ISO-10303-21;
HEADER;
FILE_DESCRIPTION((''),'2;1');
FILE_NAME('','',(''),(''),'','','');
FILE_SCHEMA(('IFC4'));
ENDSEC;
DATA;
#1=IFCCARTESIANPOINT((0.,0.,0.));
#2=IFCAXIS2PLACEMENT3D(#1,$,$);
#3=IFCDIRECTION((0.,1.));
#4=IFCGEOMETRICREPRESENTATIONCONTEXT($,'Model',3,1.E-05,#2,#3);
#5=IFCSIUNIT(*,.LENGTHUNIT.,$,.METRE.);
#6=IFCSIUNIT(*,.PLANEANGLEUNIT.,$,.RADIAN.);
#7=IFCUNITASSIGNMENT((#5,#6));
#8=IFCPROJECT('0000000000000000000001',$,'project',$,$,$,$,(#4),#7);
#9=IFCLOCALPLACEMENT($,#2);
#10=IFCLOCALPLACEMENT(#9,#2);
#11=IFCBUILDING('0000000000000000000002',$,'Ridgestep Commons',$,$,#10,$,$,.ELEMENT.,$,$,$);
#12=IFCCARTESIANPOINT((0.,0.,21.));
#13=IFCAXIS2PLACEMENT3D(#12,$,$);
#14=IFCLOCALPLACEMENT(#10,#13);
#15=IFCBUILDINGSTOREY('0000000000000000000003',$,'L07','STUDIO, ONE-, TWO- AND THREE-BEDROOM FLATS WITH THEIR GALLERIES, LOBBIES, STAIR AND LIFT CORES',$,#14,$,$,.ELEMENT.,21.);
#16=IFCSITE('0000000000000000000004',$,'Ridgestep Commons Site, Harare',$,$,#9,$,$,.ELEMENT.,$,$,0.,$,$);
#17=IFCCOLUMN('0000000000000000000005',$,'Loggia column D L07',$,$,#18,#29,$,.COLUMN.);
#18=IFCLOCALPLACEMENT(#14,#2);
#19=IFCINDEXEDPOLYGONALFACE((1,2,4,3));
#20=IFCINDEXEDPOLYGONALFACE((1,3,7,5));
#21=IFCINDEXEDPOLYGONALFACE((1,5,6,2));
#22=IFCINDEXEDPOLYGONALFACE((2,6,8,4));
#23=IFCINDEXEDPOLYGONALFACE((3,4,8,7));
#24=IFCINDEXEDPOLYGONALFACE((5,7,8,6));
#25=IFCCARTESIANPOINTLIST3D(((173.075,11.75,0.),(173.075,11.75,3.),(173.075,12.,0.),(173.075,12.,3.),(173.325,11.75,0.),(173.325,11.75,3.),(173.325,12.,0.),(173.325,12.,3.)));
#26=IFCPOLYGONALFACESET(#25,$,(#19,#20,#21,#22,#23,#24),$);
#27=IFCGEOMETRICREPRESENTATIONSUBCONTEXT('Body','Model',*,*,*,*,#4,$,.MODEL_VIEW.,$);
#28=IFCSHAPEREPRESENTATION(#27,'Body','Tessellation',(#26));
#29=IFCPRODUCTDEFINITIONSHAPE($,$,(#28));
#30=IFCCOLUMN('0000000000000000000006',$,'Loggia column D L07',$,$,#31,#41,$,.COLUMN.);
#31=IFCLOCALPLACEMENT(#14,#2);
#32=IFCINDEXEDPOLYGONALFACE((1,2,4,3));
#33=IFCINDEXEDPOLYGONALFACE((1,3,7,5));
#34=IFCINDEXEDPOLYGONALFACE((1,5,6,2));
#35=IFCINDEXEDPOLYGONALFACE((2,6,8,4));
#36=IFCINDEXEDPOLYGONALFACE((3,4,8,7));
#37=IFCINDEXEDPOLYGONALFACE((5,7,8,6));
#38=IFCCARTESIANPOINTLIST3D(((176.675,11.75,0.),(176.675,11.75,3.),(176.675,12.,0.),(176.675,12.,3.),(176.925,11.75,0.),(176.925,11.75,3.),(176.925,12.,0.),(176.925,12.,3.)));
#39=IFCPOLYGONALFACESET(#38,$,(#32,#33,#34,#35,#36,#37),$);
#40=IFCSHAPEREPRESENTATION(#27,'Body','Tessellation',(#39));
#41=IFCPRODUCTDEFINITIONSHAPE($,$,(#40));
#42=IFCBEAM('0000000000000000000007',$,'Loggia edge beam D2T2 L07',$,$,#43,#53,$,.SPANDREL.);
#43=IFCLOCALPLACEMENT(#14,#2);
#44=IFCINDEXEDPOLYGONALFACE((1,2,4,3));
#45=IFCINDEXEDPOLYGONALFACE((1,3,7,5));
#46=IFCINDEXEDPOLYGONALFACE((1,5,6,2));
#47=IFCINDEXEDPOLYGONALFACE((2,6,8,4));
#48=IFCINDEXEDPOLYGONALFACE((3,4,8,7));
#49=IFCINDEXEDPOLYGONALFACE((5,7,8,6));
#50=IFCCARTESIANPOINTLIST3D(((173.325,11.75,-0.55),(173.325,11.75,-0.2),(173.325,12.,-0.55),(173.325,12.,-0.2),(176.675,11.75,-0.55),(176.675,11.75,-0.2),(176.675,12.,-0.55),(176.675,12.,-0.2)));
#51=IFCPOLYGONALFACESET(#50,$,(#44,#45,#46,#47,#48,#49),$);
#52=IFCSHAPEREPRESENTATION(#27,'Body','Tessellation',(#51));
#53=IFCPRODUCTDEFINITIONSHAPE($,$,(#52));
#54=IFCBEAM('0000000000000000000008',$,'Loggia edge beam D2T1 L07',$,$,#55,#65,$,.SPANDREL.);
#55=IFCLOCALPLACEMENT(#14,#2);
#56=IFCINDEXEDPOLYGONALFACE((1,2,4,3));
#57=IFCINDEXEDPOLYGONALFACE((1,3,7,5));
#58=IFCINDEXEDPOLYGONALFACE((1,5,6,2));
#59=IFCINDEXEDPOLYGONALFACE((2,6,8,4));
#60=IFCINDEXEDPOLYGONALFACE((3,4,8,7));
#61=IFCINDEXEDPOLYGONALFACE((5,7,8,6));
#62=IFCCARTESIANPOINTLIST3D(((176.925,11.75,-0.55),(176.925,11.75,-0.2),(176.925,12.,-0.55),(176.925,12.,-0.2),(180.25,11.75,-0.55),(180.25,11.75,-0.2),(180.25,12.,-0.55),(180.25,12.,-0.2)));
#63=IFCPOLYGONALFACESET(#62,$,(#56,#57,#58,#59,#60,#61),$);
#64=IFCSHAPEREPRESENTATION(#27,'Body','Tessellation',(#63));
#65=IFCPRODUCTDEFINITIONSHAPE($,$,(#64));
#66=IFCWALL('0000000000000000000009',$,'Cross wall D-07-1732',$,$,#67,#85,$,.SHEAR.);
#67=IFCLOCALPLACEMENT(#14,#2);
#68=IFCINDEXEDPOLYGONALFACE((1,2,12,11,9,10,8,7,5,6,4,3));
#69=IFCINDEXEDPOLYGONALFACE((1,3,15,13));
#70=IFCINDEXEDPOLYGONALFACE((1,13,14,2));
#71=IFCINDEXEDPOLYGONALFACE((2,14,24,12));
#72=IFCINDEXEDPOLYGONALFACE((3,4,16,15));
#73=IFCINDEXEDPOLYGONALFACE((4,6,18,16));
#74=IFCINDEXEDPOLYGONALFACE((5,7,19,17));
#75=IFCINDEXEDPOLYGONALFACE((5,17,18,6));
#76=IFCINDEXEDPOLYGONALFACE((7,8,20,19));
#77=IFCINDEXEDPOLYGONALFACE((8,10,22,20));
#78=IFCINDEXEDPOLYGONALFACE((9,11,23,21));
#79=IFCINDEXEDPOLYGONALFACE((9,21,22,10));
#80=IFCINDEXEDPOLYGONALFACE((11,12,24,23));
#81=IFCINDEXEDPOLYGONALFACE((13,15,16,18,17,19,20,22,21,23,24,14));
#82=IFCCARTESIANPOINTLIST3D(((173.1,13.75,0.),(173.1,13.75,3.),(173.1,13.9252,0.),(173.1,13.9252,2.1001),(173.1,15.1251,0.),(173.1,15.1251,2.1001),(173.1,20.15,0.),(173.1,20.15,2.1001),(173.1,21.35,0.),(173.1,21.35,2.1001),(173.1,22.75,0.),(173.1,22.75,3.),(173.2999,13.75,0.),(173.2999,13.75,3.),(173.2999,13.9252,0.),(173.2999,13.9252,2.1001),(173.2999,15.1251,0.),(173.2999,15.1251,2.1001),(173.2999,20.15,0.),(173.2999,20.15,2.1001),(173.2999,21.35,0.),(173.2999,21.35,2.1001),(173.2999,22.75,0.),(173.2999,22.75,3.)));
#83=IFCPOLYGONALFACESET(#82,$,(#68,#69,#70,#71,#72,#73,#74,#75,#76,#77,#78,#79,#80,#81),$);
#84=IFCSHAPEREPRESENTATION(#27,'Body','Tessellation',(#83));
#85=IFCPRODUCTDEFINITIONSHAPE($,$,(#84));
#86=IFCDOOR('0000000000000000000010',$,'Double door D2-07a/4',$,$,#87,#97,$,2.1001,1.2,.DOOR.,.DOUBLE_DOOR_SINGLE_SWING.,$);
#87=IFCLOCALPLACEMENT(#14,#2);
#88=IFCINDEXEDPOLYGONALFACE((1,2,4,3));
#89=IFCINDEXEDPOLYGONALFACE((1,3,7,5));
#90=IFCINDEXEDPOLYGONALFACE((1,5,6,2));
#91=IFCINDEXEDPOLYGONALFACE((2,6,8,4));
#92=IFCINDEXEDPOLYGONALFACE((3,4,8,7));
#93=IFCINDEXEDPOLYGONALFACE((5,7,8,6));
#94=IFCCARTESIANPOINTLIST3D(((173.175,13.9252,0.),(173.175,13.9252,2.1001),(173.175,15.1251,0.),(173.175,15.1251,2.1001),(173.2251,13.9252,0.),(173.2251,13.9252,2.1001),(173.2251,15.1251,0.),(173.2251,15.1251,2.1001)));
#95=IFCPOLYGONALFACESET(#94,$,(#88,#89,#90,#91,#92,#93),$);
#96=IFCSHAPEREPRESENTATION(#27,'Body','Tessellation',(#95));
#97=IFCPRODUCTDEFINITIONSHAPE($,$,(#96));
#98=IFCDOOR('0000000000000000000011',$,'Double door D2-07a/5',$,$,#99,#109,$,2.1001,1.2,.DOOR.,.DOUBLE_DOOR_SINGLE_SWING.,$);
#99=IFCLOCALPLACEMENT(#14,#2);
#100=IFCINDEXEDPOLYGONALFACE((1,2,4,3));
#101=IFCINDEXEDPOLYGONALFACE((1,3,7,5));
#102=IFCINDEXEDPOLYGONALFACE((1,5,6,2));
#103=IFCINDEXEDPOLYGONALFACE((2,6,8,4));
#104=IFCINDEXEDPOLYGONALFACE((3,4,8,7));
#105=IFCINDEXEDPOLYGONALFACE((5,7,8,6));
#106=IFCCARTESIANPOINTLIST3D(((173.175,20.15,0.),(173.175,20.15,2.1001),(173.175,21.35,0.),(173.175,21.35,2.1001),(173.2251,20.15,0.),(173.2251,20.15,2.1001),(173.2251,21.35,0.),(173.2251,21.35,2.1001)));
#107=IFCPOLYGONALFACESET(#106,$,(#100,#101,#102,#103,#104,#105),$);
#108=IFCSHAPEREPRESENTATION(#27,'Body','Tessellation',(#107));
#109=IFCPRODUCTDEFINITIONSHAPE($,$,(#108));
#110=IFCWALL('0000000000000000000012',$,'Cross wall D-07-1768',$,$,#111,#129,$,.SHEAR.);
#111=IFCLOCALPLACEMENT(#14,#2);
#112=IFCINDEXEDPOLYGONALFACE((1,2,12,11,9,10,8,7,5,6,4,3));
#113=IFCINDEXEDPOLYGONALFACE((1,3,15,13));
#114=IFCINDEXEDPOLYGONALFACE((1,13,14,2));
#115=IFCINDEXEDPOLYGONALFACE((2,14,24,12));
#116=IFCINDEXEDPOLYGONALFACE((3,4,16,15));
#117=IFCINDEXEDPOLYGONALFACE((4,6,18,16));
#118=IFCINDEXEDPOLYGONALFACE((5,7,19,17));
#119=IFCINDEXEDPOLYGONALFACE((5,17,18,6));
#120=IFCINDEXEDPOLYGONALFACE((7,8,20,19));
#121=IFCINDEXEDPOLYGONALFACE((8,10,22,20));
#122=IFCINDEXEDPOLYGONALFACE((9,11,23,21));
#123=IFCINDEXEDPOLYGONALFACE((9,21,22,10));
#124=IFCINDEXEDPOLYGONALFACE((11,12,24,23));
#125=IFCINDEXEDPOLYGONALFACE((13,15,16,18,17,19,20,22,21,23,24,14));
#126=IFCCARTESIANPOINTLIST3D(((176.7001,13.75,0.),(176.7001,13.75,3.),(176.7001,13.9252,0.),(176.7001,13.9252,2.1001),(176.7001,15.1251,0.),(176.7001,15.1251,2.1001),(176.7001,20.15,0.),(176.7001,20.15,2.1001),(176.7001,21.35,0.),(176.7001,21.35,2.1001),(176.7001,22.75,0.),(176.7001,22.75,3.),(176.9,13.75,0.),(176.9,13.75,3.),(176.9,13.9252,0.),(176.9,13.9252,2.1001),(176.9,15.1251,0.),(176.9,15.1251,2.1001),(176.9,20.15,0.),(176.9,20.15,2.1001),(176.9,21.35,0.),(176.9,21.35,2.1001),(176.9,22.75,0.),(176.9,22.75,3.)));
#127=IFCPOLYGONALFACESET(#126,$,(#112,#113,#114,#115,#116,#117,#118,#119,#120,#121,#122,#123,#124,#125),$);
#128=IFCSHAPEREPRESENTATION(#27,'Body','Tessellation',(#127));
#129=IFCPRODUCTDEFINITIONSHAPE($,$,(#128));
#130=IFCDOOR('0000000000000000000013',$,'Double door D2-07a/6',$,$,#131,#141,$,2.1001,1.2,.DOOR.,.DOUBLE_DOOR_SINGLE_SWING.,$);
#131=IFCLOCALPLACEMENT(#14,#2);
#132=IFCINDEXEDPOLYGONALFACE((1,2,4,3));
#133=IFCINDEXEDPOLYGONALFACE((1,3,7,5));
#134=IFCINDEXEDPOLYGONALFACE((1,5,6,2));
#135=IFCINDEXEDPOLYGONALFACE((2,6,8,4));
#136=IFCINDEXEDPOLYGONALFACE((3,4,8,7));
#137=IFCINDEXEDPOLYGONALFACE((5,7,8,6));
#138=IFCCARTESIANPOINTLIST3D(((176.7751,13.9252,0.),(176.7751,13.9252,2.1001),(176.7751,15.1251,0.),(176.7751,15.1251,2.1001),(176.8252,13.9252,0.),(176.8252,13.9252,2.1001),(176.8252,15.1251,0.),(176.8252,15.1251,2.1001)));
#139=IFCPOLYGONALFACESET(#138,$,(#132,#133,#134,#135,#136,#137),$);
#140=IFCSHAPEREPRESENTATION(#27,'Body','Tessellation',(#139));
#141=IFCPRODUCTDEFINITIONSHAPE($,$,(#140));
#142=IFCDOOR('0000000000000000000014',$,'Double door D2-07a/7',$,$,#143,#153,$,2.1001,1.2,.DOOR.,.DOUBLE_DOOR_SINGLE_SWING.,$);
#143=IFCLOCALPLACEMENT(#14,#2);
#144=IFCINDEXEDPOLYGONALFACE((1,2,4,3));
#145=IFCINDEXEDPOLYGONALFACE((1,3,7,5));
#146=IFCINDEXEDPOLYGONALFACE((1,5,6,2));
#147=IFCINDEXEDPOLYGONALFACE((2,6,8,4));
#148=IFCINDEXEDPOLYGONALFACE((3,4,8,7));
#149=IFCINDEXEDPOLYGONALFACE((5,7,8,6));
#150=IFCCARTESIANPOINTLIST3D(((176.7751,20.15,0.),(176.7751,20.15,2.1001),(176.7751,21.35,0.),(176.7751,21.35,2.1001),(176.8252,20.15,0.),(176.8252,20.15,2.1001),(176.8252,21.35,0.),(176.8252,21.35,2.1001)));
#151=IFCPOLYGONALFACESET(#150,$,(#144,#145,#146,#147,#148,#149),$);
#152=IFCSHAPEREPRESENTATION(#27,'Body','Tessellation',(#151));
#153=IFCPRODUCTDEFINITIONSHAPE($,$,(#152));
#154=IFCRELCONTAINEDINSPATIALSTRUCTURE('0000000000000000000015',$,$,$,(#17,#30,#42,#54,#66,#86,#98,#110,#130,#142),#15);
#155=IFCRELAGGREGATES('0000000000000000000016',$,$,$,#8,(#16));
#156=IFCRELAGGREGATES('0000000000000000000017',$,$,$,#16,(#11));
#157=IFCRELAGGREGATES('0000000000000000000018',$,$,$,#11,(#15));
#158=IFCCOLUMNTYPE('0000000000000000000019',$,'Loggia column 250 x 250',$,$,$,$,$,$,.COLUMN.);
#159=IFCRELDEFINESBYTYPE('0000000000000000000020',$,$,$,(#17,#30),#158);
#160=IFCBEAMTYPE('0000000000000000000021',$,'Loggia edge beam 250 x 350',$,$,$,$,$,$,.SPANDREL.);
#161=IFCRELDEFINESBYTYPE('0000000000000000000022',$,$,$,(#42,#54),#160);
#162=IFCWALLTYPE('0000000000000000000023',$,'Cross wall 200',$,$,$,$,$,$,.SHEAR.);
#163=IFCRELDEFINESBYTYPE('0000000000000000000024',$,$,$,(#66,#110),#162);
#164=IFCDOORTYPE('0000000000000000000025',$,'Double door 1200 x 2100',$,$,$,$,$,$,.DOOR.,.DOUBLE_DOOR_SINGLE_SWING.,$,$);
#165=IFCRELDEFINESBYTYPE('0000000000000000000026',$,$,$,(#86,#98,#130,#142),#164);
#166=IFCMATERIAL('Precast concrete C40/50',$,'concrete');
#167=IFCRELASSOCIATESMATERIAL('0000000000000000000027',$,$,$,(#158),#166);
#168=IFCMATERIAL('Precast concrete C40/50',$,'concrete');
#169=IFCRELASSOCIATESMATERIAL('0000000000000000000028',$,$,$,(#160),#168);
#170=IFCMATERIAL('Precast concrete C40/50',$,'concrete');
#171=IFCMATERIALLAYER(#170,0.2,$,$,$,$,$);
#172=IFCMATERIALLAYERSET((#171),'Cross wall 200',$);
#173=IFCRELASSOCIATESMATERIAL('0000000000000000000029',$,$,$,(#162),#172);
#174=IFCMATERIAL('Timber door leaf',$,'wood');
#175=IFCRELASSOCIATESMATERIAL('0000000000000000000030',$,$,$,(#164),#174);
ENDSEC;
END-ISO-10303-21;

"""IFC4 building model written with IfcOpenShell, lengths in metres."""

from ifc_helpers import new_model, si_unit, direction, frame, frame_2d, origin, origin_2d, place, context, subcontext, project, spatial, rectangle, extrude, material, layer, layer_set, material_profile, profile_set, type_object, element, fill, save


model = new_model("IFC4")

# Units and contexts
model_context = context("Model", 3, precision=1e-05, world=origin(), true_north=direction((0.0, 1.0)))
body_context = subcontext(model_context, "Body", "Model", "MODEL_VIEW")
ifc_project = project(units=[si_unit("LENGTHUNIT", "METRE"), si_unit("PLANEANGLEUNIT", "RADIAN")], contexts=[model_context])

# Site, building, storey
site_placement = place(None, origin())
site = spatial("IfcSite", under=ifc_project, at=site_placement, Name="Ridgestep Commons Site, Harare", CompositionType="ELEMENT", RefElevation=0.0)
building_placement = place(site_placement, origin())
building = spatial("IfcBuilding", under=site, at=building_placement, Name="Ridgestep Commons", CompositionType="ELEMENT")
storey_placement = place(building_placement, frame((0.0, 0.0, 21.0)))
storey = spatial("IfcBuildingStorey", under=building, at=storey_placement, Name="L07", Description="STUDIO, ONE-, TWO- AND THREE-BEDROOM FLATS WITH THEIR GALLERIES, LOBBIES, STAIR AND LIFT CORES", CompositionType="ELEMENT", Elevation=21.0)

# Columns
ifc_material_1 = material(Name="Precast concrete C40/50", Category="concrete")
ifc_material_profile_1 = material_profile(ifc_material_1, rectangle(XDim=0.25, YDim=0.25, at=origin_2d()), Name="PC 250x250")
ifc_profile_set_1 = profile_set([ifc_material_profile_1], Name="Precast concrete C40/50")
column_type = type_object("IfcColumnType", Name="Loggia column 250 x 250", PredefinedType="COLUMN", material=ifc_profile_set_1)
for number, where, z_axis, x_axis, name in (
    (1, (173.2, 11.875, 0.0), (0.0, 0.0, 1.0), (1.0, 0.0, 0.0), "Loggia column D L07"),
    (2, (176.8, 11.875, 0.0), (0.0, 0.0, 1.0), (1.0, 0.0, 0.0), "Loggia column D L07"),
):
    element("IfcColumn", number, at=place(storey_placement, frame(where, z_axis=z_axis, x_axis=x_axis)), inside=storey, type_object=column_type, Name=name, PredefinedType="COLUMN", context=body_context, shape_type="SweptSolid", body=[
        extrude(rectangle(XDim=0.25, YDim=0.25, at=origin_2d()), origin(), (0.0, 0.0, 1.0), 3.0),
    ])

# Beams
ifc_material_2 = material(Name="Precast concrete C40/50", Category="concrete")
ifc_material_profile_2 = material_profile(ifc_material_2, rectangle(XDim=0.25, YDim=0.3501, at=origin_2d()), Name="PC 250x350")
ifc_profile_set_2 = profile_set([ifc_material_profile_2], Name="Precast concrete C40/50")
beam_type = type_object("IfcBeamType", Name="Loggia edge beam 250 x 350", PredefinedType="SPANDREL", material=ifc_profile_set_2)
beam_1_placement = place(storey_placement, frame((173.325, 11.875, -0.375), z_axis=(1.0, 0.0, 0.0), x_axis=(0.0, 1.0, 0.0)))
element("IfcBeam", 3, at=beam_1_placement, inside=storey, type_object=beam_type, Name="Loggia edge beam D2T2 L07", PredefinedType="SPANDREL", context=body_context, shape_type="SweptSolid", body=[
    extrude(rectangle(XDim=0.25, YDim=0.3501, at=origin_2d()), origin(), (0.0, 0.0, 1.0), 3.3501),
])
beam_2_placement = place(storey_placement, frame((176.925, 11.875, -0.375), z_axis=(1.0, 0.0, 0.0), x_axis=(0.0, 1.0, 0.0)))
element("IfcBeam", 4, at=beam_2_placement, inside=storey, type_object=beam_type, Name="Loggia edge beam D2T1 L07", PredefinedType="SPANDREL", context=body_context, shape_type="SweptSolid", body=[
    extrude(rectangle(XDim=0.25, YDim=0.3501, at=origin_2d()), origin(), (0.0, 0.0, 1.0), 3.325),
])

# Walls, openings, doors
ifc_material_3 = material(Name="Precast concrete C40/50", Category="concrete")
ifc_layer_1 = layer(ifc_material_3, 0.2)
ifc_layer_set_1 = layer_set([ifc_layer_1], Name="Cross wall 200")
wall_type_1 = type_object("IfcWallType", Name="Cross wall 200", PredefinedType="SHEAR", material=ifc_layer_set_1)
wall_1_placement = place(storey_placement, frame((173.2, 13.75, 0.0), z_axis=(0.0, 0.0, 1.0), x_axis=(0.0, 1.0, 0.0)))
wall_1 = element("IfcWall", 5, at=wall_1_placement, inside=storey, type_object=wall_type_1, Name="Cross wall D-07-1732", PredefinedType="SHEAR", context=body_context, shape_type="SweptSolid", body=[
    extrude(rectangle(XDim=9.0, YDim=0.2, at=frame_2d((4.5, 0.0))), origin(), (0.0, 0.0, 1.0), 3.0),
])
opening_1_placement = place(wall_1_placement, frame((0.175, 0.0, 0.0)))
opening_1 = element("IfcOpeningElement", 6, at=opening_1_placement, cuts=wall_1, PredefinedType="OPENING", context=body_context, shape_type="SweptSolid", body=[
    extrude(rectangle(XDim=1.2, YDim=2.1001, at=frame_2d((0.6001, 1.05))), frame((0.0, 0.1099, 0.0), z_axis=(0.0, -1.0, 0.0), x_axis=(1.0, 0.0, 0.0)), (0.0, 0.0, 1.0), 0.22),
])
opening_2_placement = place(wall_1_placement, frame((6.3999, 0.0, 0.0)))
opening_2 = element("IfcOpeningElement", 7, at=opening_2_placement, cuts=wall_1, PredefinedType="OPENING", context=body_context, shape_type="SweptSolid", body=[
    extrude(rectangle(XDim=1.2, YDim=2.1001, at=frame_2d((0.6001, 1.05))), frame((0.0, 0.1099, 0.0), z_axis=(0.0, -1.0, 0.0), x_axis=(1.0, 0.0, 0.0)), (0.0, 0.0, 1.0), 0.22),
])
ifc_material_4 = material(Name="Timber door leaf", Category="wood")
door_type_1 = type_object("IfcDoorType", Name="Double door 1200 x 2100", OperationType="DOUBLE_DOOR_SINGLE_SWING", PredefinedType="DOOR", material=ifc_material_4)
door_1_placement = place(opening_1_placement, origin())
door_1 = element("IfcDoor", 8, at=door_1_placement, inside=storey, type_object=door_type_1, Name="Double door D2-07a/4", OperationType="DOUBLE_DOOR_SINGLE_SWING", OverallHeight=2.1001, OverallWidth=1.2, PredefinedType="DOOR", context=body_context, shape_type="SweptSolid", body=[
    extrude(rectangle(XDim=1.2, YDim=2.1001, at=frame_2d((0.6001, 1.05))), frame((0.0, 0.0249, 0.0), z_axis=(0.0, -1.0, 0.0), x_axis=(1.0, 0.0, 0.0)), (0.0, 0.0, 1.0), 0.05),
])
fill(opening_1, door_1)
door_2_placement = place(opening_2_placement, origin())
door_2 = element("IfcDoor", 9, at=door_2_placement, inside=storey, type_object=door_type_1, Name="Double door D2-07a/5", OperationType="DOUBLE_DOOR_SINGLE_SWING", OverallHeight=2.1001, OverallWidth=1.2, PredefinedType="DOOR", context=body_context, shape_type="SweptSolid", body=[
    extrude(rectangle(XDim=1.2, YDim=2.1001, at=frame_2d((0.6001, 1.05))), frame((0.0, 0.0249, 0.0), z_axis=(0.0, -1.0, 0.0), x_axis=(1.0, 0.0, 0.0)), (0.0, 0.0, 1.0), 0.05),
])
fill(opening_2, door_2)
wall_2_placement = place(storey_placement, frame((176.8, 13.75, 0.0), z_axis=(0.0, 0.0, 1.0), x_axis=(0.0, 1.0, 0.0)))
wall_2 = element("IfcWall", 10, at=wall_2_placement, inside=storey, type_object=wall_type_1, Name="Cross wall D-07-1768", PredefinedType="SHEAR", context=body_context, shape_type="SweptSolid", body=[
    extrude(rectangle(XDim=9.0, YDim=0.2, at=frame_2d((4.5, 0.0))), origin(), (0.0, 0.0, 1.0), 3.0),
])
opening_3_placement = place(wall_2_placement, frame((0.175, 0.0, 0.0)))
opening_3 = element("IfcOpeningElement", 11, at=opening_3_placement, cuts=wall_2, PredefinedType="OPENING", context=body_context, shape_type="SweptSolid", body=[
    extrude(rectangle(XDim=1.2, YDim=2.1001, at=frame_2d((0.6001, 1.05))), frame((0.0, 0.1099, 0.0), z_axis=(0.0, -1.0, 0.0), x_axis=(1.0, 0.0, 0.0)), (0.0, 0.0, 1.0), 0.22),
])
opening_4_placement = place(wall_2_placement, frame((6.3999, 0.0, 0.0)))
opening_4 = element("IfcOpeningElement", 12, at=opening_4_placement, cuts=wall_2, PredefinedType="OPENING", context=body_context, shape_type="SweptSolid", body=[
    extrude(rectangle(XDim=1.2, YDim=2.1001, at=frame_2d((0.6001, 1.05))), frame((0.0, 0.1099, 0.0), z_axis=(0.0, -1.0, 0.0), x_axis=(1.0, 0.0, 0.0)), (0.0, 0.0, 1.0), 0.22),
])
door_3_placement = place(opening_3_placement, origin())
door_3 = element("IfcDoor", 13, at=door_3_placement, inside=storey, type_object=door_type_1, Name="Double door D2-07a/6", OperationType="DOUBLE_DOOR_SINGLE_SWING", OverallHeight=2.1001, OverallWidth=1.2, PredefinedType="DOOR", context=body_context, shape_type="SweptSolid", body=[
    extrude(rectangle(XDim=1.2, YDim=2.1001, at=frame_2d((0.6001, 1.05))), frame((0.0, 0.0249, 0.0), z_axis=(0.0, -1.0, 0.0), x_axis=(1.0, 0.0, 0.0)), (0.0, 0.0, 1.0), 0.05),
])
fill(opening_3, door_3)
door_4_placement = place(opening_4_placement, origin())
door_4 = element("IfcDoor", 14, at=door_4_placement, inside=storey, type_object=door_type_1, Name="Double door D2-07a/7", OperationType="DOUBLE_DOOR_SINGLE_SWING", OverallHeight=2.1001, OverallWidth=1.2, PredefinedType="DOOR", context=body_context, shape_type="SweptSolid", body=[
    extrude(rectangle(XDim=1.2, YDim=2.1001, at=frame_2d((0.6001, 1.05))), frame((0.0, 0.0249, 0.0), z_axis=(0.0, -1.0, 0.0), x_axis=(1.0, 0.0, 0.0)), (0.0, 0.0, 1.0), 0.05),
])
fill(opening_4, door_4)

save(model, "model.ifc")
